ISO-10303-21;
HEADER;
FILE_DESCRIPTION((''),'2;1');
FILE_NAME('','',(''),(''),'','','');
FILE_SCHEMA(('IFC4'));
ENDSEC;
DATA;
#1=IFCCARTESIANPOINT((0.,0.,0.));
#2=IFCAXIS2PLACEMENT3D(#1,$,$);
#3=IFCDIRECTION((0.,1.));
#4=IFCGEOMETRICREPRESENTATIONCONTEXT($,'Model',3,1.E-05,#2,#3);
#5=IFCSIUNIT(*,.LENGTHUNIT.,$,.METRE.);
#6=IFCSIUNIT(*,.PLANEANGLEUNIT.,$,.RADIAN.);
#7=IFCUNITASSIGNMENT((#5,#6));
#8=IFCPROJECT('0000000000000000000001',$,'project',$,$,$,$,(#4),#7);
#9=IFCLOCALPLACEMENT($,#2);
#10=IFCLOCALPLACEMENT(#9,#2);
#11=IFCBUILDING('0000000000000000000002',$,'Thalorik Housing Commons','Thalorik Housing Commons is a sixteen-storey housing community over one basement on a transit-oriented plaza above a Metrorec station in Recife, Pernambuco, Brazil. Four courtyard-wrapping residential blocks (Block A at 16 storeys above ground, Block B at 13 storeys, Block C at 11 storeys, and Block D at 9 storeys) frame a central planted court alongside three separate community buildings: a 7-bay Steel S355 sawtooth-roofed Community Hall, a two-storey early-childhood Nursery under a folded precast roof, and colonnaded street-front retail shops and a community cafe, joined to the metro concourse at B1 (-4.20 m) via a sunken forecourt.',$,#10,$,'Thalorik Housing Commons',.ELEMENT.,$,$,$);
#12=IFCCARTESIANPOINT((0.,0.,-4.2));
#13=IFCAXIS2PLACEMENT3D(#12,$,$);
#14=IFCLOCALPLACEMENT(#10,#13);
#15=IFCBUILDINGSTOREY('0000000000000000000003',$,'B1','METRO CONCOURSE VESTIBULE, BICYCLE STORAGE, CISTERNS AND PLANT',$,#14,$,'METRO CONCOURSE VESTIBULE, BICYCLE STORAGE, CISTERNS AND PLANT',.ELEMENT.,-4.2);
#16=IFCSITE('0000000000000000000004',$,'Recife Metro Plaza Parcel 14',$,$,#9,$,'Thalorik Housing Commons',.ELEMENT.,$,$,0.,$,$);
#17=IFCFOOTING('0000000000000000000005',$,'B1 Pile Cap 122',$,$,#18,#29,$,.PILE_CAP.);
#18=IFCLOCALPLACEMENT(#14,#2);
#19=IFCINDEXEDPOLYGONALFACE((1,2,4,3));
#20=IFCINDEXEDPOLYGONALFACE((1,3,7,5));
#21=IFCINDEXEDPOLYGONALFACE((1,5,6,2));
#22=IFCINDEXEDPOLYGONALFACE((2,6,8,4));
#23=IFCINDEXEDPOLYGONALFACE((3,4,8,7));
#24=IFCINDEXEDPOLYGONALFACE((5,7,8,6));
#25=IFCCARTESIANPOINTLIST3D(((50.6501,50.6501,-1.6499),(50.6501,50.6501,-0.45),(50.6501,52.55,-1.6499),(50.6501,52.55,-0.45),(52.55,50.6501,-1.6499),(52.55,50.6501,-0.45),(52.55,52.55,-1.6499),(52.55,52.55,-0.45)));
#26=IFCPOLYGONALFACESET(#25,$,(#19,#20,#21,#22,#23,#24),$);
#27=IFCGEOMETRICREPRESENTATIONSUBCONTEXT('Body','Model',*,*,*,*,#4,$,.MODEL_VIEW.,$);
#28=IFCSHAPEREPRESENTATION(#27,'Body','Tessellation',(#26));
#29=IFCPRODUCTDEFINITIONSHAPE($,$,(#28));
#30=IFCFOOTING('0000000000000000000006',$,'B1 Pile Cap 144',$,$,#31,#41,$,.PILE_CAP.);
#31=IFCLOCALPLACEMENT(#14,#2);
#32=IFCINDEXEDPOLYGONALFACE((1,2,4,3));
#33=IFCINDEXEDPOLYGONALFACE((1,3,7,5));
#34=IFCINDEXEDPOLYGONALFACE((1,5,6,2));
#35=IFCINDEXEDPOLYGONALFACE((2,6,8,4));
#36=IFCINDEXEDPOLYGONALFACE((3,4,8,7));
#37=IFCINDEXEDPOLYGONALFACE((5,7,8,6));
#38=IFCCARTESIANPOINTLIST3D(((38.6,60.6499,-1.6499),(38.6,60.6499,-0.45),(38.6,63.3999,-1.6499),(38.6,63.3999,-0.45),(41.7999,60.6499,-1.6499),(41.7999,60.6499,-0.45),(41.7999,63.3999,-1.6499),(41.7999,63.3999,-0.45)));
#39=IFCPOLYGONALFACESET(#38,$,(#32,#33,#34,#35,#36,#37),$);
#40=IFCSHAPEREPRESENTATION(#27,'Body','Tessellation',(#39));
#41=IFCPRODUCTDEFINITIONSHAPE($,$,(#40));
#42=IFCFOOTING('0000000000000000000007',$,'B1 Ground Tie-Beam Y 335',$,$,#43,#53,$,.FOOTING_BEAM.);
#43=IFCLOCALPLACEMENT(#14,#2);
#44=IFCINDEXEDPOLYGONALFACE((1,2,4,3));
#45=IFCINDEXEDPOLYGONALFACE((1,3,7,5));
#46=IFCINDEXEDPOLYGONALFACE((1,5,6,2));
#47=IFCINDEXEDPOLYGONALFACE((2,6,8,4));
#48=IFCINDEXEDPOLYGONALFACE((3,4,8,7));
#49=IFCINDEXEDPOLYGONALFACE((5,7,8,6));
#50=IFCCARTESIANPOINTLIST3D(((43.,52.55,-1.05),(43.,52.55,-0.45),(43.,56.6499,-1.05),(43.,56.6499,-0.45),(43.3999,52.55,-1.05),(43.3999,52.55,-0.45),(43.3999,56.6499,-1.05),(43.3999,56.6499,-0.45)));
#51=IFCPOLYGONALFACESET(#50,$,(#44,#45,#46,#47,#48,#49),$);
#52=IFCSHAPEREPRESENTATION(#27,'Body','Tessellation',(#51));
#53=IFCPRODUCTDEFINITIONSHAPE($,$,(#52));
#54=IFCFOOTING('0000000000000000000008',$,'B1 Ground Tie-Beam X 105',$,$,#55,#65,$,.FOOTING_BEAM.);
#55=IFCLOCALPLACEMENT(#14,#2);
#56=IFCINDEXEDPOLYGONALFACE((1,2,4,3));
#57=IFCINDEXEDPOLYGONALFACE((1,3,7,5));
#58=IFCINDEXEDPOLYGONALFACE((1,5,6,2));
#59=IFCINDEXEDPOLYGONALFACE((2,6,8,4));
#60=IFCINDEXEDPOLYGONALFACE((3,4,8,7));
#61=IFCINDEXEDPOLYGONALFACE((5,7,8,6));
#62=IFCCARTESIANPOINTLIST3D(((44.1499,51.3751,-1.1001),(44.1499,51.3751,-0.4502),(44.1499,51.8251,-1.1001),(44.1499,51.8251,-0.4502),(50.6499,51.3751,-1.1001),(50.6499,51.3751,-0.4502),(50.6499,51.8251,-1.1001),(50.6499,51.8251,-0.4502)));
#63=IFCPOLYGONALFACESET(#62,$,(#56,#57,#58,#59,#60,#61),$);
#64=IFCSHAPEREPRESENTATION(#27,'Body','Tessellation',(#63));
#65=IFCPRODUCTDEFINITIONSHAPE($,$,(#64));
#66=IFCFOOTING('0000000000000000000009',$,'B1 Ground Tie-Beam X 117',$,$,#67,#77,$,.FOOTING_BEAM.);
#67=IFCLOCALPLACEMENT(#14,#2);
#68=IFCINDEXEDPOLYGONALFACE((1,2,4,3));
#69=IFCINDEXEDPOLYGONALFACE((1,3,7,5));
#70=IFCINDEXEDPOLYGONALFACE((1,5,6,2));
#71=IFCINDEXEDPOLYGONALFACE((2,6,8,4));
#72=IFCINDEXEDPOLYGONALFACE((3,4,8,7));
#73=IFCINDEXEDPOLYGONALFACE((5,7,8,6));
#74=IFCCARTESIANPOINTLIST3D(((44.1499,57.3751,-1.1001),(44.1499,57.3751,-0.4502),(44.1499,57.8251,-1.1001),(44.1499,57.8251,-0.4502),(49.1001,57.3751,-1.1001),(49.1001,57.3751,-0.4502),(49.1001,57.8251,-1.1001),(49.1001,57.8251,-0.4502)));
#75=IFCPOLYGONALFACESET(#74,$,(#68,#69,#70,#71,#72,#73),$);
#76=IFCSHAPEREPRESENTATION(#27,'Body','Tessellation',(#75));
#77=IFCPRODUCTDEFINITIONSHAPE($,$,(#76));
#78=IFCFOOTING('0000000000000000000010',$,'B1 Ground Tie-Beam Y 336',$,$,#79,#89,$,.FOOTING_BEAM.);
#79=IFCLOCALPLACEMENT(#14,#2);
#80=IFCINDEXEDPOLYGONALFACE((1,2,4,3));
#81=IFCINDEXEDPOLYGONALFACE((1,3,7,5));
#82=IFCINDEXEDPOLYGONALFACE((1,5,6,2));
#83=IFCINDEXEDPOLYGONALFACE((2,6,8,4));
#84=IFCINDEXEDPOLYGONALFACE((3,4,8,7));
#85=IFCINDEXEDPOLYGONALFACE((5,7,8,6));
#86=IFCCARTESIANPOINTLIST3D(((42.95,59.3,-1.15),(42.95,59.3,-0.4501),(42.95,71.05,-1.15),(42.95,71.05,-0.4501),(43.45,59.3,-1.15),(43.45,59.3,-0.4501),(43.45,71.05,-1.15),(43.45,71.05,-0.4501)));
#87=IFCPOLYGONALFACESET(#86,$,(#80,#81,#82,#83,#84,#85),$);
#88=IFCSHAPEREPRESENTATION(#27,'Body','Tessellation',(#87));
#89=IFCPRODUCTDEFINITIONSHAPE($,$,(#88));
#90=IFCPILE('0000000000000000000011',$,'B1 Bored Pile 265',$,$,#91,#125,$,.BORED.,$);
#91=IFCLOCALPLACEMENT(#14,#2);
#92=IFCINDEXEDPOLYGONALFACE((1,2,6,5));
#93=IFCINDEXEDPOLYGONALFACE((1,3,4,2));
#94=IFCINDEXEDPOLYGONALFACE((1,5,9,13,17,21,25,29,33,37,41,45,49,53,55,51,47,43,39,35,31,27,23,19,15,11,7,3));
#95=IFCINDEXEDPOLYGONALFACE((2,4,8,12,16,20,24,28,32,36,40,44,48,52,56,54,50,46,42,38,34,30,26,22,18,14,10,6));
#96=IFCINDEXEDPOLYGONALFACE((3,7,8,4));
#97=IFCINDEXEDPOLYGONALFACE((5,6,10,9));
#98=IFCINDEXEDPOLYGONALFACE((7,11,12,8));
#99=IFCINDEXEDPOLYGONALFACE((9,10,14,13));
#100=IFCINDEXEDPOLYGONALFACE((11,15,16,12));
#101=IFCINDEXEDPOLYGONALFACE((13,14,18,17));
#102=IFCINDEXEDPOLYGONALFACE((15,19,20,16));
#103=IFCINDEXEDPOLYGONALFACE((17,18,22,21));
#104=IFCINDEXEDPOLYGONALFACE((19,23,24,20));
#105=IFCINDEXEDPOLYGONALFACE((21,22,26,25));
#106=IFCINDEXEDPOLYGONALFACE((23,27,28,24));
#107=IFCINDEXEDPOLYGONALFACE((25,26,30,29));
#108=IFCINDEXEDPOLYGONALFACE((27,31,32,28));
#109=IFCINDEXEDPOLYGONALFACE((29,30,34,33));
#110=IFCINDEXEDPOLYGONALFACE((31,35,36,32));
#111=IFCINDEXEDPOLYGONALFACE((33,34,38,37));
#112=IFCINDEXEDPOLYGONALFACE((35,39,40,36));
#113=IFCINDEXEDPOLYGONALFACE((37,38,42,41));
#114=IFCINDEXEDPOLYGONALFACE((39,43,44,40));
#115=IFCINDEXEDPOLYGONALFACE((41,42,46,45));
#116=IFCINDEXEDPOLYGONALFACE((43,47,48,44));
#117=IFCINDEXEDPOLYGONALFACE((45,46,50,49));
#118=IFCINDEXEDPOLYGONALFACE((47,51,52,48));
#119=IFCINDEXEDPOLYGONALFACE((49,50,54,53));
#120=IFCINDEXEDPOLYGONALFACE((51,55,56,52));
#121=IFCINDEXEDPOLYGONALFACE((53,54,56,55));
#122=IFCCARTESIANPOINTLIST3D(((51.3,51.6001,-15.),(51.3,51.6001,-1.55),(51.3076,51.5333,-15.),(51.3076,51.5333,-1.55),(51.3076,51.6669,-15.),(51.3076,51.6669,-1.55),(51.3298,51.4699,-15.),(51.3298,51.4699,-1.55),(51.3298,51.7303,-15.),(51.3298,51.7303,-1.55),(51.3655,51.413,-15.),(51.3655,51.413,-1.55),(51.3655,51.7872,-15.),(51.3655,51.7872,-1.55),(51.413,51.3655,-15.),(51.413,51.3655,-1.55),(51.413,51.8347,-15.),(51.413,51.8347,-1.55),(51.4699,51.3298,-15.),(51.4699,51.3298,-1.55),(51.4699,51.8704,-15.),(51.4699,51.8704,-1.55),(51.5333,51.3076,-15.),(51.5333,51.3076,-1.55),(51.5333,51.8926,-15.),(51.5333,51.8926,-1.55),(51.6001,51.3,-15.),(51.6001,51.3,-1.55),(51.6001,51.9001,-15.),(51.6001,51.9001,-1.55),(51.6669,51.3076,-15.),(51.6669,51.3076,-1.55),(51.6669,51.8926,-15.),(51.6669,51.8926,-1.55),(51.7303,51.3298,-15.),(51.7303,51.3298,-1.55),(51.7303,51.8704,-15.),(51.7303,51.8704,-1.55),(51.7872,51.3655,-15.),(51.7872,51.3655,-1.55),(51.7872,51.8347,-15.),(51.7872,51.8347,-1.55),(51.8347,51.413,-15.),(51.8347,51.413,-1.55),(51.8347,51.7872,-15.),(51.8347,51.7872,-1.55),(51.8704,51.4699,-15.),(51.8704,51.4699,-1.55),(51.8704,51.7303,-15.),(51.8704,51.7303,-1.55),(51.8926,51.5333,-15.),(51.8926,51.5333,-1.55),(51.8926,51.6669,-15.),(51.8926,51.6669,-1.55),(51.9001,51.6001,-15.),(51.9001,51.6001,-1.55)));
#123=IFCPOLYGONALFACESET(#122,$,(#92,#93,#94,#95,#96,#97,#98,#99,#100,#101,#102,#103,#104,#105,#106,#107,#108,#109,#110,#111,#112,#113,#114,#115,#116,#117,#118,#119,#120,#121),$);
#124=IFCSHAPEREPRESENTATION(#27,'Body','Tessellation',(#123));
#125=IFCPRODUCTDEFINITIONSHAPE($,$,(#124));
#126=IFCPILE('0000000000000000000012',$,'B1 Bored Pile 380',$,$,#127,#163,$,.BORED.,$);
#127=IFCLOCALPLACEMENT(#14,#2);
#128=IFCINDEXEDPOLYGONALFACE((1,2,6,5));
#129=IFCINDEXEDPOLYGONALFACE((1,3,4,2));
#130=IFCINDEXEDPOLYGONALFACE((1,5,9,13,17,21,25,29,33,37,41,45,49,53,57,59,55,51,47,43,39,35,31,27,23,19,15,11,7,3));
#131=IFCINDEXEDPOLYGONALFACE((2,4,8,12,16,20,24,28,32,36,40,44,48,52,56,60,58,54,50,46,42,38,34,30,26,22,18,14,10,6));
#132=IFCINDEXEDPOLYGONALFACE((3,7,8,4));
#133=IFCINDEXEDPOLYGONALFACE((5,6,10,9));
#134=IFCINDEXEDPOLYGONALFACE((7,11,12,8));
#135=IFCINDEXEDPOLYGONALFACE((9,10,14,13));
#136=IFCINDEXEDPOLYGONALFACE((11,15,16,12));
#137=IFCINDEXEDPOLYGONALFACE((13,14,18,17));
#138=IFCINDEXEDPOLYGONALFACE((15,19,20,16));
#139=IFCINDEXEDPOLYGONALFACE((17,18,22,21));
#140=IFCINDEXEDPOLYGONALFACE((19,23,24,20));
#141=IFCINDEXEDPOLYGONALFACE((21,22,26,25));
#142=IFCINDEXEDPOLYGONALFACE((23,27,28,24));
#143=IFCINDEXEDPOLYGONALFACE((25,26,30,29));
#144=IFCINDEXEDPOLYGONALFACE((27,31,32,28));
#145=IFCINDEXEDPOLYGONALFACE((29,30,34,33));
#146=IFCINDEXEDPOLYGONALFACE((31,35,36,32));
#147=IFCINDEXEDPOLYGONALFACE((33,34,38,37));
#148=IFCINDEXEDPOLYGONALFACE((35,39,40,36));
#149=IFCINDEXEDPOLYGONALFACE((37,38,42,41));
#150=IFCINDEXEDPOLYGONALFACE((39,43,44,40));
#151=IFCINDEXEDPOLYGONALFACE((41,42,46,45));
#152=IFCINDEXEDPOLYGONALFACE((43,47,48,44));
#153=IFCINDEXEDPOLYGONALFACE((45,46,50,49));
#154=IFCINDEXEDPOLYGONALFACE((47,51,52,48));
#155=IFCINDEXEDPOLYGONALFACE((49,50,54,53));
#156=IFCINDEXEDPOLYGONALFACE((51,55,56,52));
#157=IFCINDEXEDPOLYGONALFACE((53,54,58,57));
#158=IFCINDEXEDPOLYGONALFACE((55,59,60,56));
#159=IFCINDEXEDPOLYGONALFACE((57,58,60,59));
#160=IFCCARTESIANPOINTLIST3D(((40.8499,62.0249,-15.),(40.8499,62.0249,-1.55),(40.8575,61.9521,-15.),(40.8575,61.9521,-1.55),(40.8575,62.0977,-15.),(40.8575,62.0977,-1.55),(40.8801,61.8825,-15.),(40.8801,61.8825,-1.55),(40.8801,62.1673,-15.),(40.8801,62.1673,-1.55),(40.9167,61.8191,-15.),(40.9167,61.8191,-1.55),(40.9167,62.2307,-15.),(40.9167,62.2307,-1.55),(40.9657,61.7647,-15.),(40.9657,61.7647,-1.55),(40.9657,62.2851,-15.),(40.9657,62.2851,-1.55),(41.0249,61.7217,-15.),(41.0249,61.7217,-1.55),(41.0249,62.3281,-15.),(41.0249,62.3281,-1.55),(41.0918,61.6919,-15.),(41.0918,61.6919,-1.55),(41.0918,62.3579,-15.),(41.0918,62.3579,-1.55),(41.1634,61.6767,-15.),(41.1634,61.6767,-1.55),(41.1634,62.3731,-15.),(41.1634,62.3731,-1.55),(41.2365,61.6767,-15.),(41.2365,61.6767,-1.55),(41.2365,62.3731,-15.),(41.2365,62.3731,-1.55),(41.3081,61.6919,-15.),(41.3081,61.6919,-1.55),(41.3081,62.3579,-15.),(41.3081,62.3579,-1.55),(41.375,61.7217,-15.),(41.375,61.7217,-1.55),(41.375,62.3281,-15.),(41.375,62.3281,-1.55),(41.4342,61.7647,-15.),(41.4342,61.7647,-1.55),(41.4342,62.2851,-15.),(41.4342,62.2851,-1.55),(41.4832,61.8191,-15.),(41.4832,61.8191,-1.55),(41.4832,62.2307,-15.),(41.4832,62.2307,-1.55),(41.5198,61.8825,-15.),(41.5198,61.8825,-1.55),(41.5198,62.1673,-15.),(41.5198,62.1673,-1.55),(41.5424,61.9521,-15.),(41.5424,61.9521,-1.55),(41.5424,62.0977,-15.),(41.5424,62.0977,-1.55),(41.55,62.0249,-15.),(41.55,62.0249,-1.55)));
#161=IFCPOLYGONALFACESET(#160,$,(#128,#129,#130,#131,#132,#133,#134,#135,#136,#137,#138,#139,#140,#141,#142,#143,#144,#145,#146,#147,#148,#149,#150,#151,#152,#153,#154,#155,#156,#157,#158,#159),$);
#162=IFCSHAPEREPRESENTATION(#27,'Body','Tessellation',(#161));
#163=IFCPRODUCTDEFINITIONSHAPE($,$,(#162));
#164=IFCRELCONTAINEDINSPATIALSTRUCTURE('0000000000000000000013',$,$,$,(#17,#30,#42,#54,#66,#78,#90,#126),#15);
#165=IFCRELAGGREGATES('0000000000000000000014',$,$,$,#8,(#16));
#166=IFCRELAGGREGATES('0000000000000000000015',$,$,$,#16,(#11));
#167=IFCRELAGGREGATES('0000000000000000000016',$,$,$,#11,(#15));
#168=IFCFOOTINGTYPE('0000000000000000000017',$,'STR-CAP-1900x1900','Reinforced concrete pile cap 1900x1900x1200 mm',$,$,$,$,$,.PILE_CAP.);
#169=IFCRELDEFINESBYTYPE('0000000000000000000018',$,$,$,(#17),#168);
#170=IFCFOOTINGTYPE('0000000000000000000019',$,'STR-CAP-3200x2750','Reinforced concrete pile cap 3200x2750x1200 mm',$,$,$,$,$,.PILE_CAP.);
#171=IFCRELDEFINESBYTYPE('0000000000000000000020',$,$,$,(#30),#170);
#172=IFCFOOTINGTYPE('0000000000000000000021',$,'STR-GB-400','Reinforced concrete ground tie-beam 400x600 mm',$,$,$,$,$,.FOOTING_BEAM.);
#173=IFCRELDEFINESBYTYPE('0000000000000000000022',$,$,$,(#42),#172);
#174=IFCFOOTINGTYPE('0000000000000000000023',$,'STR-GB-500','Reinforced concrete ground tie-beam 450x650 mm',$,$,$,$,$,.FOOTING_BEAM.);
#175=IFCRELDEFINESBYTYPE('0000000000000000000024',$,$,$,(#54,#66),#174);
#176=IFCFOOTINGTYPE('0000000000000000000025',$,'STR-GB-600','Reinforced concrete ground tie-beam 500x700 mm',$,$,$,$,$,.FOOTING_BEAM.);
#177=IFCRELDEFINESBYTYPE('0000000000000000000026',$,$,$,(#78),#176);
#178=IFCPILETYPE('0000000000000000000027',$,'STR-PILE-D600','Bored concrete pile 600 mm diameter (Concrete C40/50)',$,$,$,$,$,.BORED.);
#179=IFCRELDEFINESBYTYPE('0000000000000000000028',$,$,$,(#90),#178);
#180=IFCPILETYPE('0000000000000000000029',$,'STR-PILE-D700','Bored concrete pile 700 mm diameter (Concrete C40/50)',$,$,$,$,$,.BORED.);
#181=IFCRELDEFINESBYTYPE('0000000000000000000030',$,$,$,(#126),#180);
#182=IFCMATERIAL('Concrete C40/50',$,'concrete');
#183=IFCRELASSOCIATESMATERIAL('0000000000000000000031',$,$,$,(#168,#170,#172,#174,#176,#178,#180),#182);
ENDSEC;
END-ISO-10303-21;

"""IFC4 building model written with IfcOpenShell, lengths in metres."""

from ifc_helpers import new_model, si_unit, direction, frame, origin, origin_2d, place, context, subcontext, project, spatial, rectangle, circle, extrude, material, material_profile, profile_set, type_object, element, save


model = new_model("IFC4")

# Units and contexts
model_context = context("Model", 3, precision=1e-05, world=origin(), true_north=direction((0.0, 1.0)))
body_context = subcontext(model_context, "Body", "Model", "MODEL_VIEW")
ifc_project = project(units=[si_unit("LENGTHUNIT", "METRE"), si_unit("PLANEANGLEUNIT", "RADIAN")], contexts=[model_context])

# Site, building, storey
site_placement = place(None, origin())
site = spatial("IfcSite", under=ifc_project, at=site_placement, Name="Recife Metro Plaza Parcel 14", LongName="Thalorik Housing Commons", CompositionType="ELEMENT", RefElevation=0.0)
building_placement = place(site_placement, origin())
building = spatial("IfcBuilding", under=site, at=building_placement, Name="Thalorik Housing Commons", Description="Thalorik Housing Commons is a sixteen-storey housing community over one basement on a transit-oriented plaza above a Metrorec station in Recife, Pernambuco, Brazil. Four courtyard-wrapping residential blocks (Block A at 16 storeys above ground, Block B at 13 storeys, Block C at 11 storeys, and Block D at 9 storeys) frame a central planted court alongside three separate community buildings: a 7-bay Steel S355 sawtooth-roofed Community Hall, a two-storey early-childhood Nursery under a folded precast roof, and colonnaded street-front retail shops and a community cafe, joined to the metro concourse at B1 (-4.20 m) via a sunken forecourt.", LongName="Thalorik Housing Commons", CompositionType="ELEMENT")
storey_placement = place(building_placement, frame((0.0, 0.0, -4.2)))
storey = spatial("IfcBuildingStorey", under=building, at=storey_placement, Name="B1", Description="METRO CONCOURSE VESTIBULE, BICYCLE STORAGE, CISTERNS AND PLANT", LongName="METRO CONCOURSE VESTIBULE, BICYCLE STORAGE, CISTERNS AND PLANT", CompositionType="ELEMENT", Elevation=-4.2)

# Footings
ifc_material_1 = material(Name="Concrete C40/50", Category="concrete")
footing_type_1 = type_object("IfcFootingType", Name="STR-CAP-1900x1900", Description="Reinforced concrete pile cap 1900x1900x1200 mm", PredefinedType="PILE_CAP", material=ifc_material_1)
footing_1_placement = place(storey_placement, frame((51.6001, 51.6001, -1.6499), z_axis=(0.0, 0.0, 1.0), x_axis=(1.0, 0.0, 0.0)))
element("IfcFooting", 1, at=footing_1_placement, inside=storey, type_object=footing_type_1, Name="B1 Pile Cap 122", PredefinedType="PILE_CAP", context=body_context, shape_type="SweptSolid", body=[
    extrude(rectangle(XDim=1.8999, YDim=1.8999, at=origin_2d()), origin(), (0.0, 0.0, 1.0), 1.2),
])
footing_type_2 = type_object("IfcFootingType", Name="STR-CAP-3200x2750", Description="Reinforced concrete pile cap 3200x2750x1200 mm", PredefinedType="PILE_CAP", material=ifc_material_1)
footing_2_placement = place(storey_placement, frame((40.2, 62.0249, -1.6499), z_axis=(0.0, 0.0, 1.0), x_axis=(1.0, 0.0, 0.0)))
element("IfcFooting", 2, at=footing_2_placement, inside=storey, type_object=footing_type_2, Name="B1 Pile Cap 144", PredefinedType="PILE_CAP", context=body_context, shape_type="SweptSolid", body=[
    extrude(rectangle(XDim=3.2, YDim=2.75, at=origin_2d()), origin(), (0.0, 0.0, 1.0), 1.2),
])
ifc_material_profile_1 = material_profile(ifc_material_1, rectangle(XDim=0.3999, YDim=0.6001, at=origin_2d()), Name="RC 400x600", Category="concrete")
ifc_profile_set_1 = profile_set([ifc_material_profile_1], Name="Concrete C40/50")
footing_type_3 = type_object("IfcFootingType", Name="STR-GB-400", Description="Reinforced concrete ground tie-beam 400x600 mm", PredefinedType="FOOTING_BEAM", material=ifc_profile_set_1)
footing_3_placement = place(storey_placement, frame((43.2, 52.55, -0.75), z_axis=(0.0, 1.0, 0.0), x_axis=(-1.0, 0.0, 0.0)))
element("IfcFooting", 3, at=footing_3_placement, inside=storey, type_object=footing_type_3, Name="B1 Ground Tie-Beam Y 335", PredefinedType="FOOTING_BEAM", context=body_context, shape_type="SweptSolid", body=[
    extrude(rectangle(XDim=0.3999, YDim=0.6001, at=origin_2d()), origin(), (0.0, 0.0, 1.0), 4.0999),
])
ifc_material_profile_2 = material_profile(ifc_material_1, rectangle(XDim=0.45, YDim=0.6499, at=origin_2d()), Name="RC 450x650", Category="concrete")
ifc_profile_set_2 = profile_set([ifc_material_profile_2], Name="Concrete C40/50")
footing_type_4 = type_object("IfcFootingType", Name="STR-GB-500", Description="Reinforced concrete ground tie-beam 450x650 mm", PredefinedType="FOOTING_BEAM", material=ifc_profile_set_2)
footing_4_placement = place(storey_placement, frame((44.1499, 51.6001, -0.7751), z_axis=(1.0, 0.0, 0.0), x_axis=(0.0, 1.0, 0.0)))
element("IfcFooting", 4, at=footing_4_placement, inside=storey, type_object=footing_type_4, Name="B1 Ground Tie-Beam X 105", PredefinedType="FOOTING_BEAM", context=body_context, shape_type="SweptSolid", body=[
    extrude(rectangle(XDim=0.45, YDim=0.6499, at=origin_2d()), origin(), (0.0, 0.0, 1.0), 6.5),
])
footing_5_placement = place(storey_placement, frame((44.1499, 57.6001, -0.7751), z_axis=(1.0, 0.0, 0.0), x_axis=(0.0, 1.0, 0.0)))
element("IfcFooting", 5, at=footing_5_placement, inside=storey, type_object=footing_type_4, Name="B1 Ground Tie-Beam X 117", PredefinedType="FOOTING_BEAM", context=body_context, shape_type="SweptSolid", body=[
    extrude(rectangle(XDim=0.45, YDim=0.6499, at=origin_2d()), origin(), (0.0, 0.0, 1.0), 4.9502),
])
ifc_material_profile_3 = material_profile(ifc_material_1, rectangle(XDim=0.5, YDim=0.7, at=origin_2d()), Name="RC 500x700", Category="concrete")
ifc_profile_set_3 = profile_set([ifc_material_profile_3], Name="Concrete C40/50")
footing_type_5 = type_object("IfcFootingType", Name="STR-GB-600", Description="Reinforced concrete ground tie-beam 500x700 mm", PredefinedType="FOOTING_BEAM", material=ifc_profile_set_3)
footing_6_placement = place(storey_placement, frame((43.2, 59.3, -0.8), z_axis=(0.0, 1.0, 0.0), x_axis=(-1.0, 0.0, 0.0)))
element("IfcFooting", 6, at=footing_6_placement, inside=storey, type_object=footing_type_5, Name="B1 Ground Tie-Beam Y 336", PredefinedType="FOOTING_BEAM", context=body_context, shape_type="SweptSolid", body=[
    extrude(rectangle(XDim=0.5, YDim=0.7, at=origin_2d()), origin(), (0.0, 0.0, 1.0), 11.75),
])

# Piles
ifc_material_profile_4 = material_profile(ifc_material_1, circle(Radius=0.3, at=origin_2d()), Name="BORED PILE D600", Category="concrete")
ifc_profile_set_4 = profile_set([ifc_material_profile_4], Name="Concrete C40/50")
pile_type_1 = type_object("IfcPileType", Name="STR-PILE-D600", Description="Bored concrete pile 600 mm diameter (Concrete C40/50)", PredefinedType="BORED", material=ifc_profile_set_4)
pile_1_placement = place(storey_placement, frame((51.6001, 51.6001, -1.55), z_axis=(0.0, 0.0, -1.0), x_axis=(1.0, 0.0, 0.0)))
element("IfcPile", 7, at=pile_1_placement, inside=storey, type_object=pile_type_1, Name="B1 Bored Pile 265", PredefinedType="BORED", context=body_context, shape_type="SweptSolid", body=[
    extrude(circle(Radius=0.3, at=origin_2d()), origin(), (0.0, 0.0, 1.0), 13.45),
])
ifc_material_profile_5 = material_profile(ifc_material_1, circle(Radius=0.3501, at=origin_2d()), Name="BORED PILE D700", Category="concrete")
ifc_profile_set_5 = profile_set([ifc_material_profile_5], Name="Concrete C40/50")
pile_type_2 = type_object("IfcPileType", Name="STR-PILE-D700", Description="Bored concrete pile 700 mm diameter (Concrete C40/50)", PredefinedType="BORED", material=ifc_profile_set_5)
pile_2_placement = place(storey_placement, frame((41.2, 62.0249, -1.55), z_axis=(0.0, 0.0, -1.0), x_axis=(1.0, 0.0, 0.0)))
element("IfcPile", 8, at=pile_2_placement, inside=storey, type_object=pile_type_2, Name="B1 Bored Pile 380", PredefinedType="BORED", context=body_context, shape_type="SweptSolid", body=[
    extrude(circle(Radius=0.3501, at=origin_2d()), origin(), (0.0, 0.0, 1.0), 13.45),
])

save(model, "model.ifc")
